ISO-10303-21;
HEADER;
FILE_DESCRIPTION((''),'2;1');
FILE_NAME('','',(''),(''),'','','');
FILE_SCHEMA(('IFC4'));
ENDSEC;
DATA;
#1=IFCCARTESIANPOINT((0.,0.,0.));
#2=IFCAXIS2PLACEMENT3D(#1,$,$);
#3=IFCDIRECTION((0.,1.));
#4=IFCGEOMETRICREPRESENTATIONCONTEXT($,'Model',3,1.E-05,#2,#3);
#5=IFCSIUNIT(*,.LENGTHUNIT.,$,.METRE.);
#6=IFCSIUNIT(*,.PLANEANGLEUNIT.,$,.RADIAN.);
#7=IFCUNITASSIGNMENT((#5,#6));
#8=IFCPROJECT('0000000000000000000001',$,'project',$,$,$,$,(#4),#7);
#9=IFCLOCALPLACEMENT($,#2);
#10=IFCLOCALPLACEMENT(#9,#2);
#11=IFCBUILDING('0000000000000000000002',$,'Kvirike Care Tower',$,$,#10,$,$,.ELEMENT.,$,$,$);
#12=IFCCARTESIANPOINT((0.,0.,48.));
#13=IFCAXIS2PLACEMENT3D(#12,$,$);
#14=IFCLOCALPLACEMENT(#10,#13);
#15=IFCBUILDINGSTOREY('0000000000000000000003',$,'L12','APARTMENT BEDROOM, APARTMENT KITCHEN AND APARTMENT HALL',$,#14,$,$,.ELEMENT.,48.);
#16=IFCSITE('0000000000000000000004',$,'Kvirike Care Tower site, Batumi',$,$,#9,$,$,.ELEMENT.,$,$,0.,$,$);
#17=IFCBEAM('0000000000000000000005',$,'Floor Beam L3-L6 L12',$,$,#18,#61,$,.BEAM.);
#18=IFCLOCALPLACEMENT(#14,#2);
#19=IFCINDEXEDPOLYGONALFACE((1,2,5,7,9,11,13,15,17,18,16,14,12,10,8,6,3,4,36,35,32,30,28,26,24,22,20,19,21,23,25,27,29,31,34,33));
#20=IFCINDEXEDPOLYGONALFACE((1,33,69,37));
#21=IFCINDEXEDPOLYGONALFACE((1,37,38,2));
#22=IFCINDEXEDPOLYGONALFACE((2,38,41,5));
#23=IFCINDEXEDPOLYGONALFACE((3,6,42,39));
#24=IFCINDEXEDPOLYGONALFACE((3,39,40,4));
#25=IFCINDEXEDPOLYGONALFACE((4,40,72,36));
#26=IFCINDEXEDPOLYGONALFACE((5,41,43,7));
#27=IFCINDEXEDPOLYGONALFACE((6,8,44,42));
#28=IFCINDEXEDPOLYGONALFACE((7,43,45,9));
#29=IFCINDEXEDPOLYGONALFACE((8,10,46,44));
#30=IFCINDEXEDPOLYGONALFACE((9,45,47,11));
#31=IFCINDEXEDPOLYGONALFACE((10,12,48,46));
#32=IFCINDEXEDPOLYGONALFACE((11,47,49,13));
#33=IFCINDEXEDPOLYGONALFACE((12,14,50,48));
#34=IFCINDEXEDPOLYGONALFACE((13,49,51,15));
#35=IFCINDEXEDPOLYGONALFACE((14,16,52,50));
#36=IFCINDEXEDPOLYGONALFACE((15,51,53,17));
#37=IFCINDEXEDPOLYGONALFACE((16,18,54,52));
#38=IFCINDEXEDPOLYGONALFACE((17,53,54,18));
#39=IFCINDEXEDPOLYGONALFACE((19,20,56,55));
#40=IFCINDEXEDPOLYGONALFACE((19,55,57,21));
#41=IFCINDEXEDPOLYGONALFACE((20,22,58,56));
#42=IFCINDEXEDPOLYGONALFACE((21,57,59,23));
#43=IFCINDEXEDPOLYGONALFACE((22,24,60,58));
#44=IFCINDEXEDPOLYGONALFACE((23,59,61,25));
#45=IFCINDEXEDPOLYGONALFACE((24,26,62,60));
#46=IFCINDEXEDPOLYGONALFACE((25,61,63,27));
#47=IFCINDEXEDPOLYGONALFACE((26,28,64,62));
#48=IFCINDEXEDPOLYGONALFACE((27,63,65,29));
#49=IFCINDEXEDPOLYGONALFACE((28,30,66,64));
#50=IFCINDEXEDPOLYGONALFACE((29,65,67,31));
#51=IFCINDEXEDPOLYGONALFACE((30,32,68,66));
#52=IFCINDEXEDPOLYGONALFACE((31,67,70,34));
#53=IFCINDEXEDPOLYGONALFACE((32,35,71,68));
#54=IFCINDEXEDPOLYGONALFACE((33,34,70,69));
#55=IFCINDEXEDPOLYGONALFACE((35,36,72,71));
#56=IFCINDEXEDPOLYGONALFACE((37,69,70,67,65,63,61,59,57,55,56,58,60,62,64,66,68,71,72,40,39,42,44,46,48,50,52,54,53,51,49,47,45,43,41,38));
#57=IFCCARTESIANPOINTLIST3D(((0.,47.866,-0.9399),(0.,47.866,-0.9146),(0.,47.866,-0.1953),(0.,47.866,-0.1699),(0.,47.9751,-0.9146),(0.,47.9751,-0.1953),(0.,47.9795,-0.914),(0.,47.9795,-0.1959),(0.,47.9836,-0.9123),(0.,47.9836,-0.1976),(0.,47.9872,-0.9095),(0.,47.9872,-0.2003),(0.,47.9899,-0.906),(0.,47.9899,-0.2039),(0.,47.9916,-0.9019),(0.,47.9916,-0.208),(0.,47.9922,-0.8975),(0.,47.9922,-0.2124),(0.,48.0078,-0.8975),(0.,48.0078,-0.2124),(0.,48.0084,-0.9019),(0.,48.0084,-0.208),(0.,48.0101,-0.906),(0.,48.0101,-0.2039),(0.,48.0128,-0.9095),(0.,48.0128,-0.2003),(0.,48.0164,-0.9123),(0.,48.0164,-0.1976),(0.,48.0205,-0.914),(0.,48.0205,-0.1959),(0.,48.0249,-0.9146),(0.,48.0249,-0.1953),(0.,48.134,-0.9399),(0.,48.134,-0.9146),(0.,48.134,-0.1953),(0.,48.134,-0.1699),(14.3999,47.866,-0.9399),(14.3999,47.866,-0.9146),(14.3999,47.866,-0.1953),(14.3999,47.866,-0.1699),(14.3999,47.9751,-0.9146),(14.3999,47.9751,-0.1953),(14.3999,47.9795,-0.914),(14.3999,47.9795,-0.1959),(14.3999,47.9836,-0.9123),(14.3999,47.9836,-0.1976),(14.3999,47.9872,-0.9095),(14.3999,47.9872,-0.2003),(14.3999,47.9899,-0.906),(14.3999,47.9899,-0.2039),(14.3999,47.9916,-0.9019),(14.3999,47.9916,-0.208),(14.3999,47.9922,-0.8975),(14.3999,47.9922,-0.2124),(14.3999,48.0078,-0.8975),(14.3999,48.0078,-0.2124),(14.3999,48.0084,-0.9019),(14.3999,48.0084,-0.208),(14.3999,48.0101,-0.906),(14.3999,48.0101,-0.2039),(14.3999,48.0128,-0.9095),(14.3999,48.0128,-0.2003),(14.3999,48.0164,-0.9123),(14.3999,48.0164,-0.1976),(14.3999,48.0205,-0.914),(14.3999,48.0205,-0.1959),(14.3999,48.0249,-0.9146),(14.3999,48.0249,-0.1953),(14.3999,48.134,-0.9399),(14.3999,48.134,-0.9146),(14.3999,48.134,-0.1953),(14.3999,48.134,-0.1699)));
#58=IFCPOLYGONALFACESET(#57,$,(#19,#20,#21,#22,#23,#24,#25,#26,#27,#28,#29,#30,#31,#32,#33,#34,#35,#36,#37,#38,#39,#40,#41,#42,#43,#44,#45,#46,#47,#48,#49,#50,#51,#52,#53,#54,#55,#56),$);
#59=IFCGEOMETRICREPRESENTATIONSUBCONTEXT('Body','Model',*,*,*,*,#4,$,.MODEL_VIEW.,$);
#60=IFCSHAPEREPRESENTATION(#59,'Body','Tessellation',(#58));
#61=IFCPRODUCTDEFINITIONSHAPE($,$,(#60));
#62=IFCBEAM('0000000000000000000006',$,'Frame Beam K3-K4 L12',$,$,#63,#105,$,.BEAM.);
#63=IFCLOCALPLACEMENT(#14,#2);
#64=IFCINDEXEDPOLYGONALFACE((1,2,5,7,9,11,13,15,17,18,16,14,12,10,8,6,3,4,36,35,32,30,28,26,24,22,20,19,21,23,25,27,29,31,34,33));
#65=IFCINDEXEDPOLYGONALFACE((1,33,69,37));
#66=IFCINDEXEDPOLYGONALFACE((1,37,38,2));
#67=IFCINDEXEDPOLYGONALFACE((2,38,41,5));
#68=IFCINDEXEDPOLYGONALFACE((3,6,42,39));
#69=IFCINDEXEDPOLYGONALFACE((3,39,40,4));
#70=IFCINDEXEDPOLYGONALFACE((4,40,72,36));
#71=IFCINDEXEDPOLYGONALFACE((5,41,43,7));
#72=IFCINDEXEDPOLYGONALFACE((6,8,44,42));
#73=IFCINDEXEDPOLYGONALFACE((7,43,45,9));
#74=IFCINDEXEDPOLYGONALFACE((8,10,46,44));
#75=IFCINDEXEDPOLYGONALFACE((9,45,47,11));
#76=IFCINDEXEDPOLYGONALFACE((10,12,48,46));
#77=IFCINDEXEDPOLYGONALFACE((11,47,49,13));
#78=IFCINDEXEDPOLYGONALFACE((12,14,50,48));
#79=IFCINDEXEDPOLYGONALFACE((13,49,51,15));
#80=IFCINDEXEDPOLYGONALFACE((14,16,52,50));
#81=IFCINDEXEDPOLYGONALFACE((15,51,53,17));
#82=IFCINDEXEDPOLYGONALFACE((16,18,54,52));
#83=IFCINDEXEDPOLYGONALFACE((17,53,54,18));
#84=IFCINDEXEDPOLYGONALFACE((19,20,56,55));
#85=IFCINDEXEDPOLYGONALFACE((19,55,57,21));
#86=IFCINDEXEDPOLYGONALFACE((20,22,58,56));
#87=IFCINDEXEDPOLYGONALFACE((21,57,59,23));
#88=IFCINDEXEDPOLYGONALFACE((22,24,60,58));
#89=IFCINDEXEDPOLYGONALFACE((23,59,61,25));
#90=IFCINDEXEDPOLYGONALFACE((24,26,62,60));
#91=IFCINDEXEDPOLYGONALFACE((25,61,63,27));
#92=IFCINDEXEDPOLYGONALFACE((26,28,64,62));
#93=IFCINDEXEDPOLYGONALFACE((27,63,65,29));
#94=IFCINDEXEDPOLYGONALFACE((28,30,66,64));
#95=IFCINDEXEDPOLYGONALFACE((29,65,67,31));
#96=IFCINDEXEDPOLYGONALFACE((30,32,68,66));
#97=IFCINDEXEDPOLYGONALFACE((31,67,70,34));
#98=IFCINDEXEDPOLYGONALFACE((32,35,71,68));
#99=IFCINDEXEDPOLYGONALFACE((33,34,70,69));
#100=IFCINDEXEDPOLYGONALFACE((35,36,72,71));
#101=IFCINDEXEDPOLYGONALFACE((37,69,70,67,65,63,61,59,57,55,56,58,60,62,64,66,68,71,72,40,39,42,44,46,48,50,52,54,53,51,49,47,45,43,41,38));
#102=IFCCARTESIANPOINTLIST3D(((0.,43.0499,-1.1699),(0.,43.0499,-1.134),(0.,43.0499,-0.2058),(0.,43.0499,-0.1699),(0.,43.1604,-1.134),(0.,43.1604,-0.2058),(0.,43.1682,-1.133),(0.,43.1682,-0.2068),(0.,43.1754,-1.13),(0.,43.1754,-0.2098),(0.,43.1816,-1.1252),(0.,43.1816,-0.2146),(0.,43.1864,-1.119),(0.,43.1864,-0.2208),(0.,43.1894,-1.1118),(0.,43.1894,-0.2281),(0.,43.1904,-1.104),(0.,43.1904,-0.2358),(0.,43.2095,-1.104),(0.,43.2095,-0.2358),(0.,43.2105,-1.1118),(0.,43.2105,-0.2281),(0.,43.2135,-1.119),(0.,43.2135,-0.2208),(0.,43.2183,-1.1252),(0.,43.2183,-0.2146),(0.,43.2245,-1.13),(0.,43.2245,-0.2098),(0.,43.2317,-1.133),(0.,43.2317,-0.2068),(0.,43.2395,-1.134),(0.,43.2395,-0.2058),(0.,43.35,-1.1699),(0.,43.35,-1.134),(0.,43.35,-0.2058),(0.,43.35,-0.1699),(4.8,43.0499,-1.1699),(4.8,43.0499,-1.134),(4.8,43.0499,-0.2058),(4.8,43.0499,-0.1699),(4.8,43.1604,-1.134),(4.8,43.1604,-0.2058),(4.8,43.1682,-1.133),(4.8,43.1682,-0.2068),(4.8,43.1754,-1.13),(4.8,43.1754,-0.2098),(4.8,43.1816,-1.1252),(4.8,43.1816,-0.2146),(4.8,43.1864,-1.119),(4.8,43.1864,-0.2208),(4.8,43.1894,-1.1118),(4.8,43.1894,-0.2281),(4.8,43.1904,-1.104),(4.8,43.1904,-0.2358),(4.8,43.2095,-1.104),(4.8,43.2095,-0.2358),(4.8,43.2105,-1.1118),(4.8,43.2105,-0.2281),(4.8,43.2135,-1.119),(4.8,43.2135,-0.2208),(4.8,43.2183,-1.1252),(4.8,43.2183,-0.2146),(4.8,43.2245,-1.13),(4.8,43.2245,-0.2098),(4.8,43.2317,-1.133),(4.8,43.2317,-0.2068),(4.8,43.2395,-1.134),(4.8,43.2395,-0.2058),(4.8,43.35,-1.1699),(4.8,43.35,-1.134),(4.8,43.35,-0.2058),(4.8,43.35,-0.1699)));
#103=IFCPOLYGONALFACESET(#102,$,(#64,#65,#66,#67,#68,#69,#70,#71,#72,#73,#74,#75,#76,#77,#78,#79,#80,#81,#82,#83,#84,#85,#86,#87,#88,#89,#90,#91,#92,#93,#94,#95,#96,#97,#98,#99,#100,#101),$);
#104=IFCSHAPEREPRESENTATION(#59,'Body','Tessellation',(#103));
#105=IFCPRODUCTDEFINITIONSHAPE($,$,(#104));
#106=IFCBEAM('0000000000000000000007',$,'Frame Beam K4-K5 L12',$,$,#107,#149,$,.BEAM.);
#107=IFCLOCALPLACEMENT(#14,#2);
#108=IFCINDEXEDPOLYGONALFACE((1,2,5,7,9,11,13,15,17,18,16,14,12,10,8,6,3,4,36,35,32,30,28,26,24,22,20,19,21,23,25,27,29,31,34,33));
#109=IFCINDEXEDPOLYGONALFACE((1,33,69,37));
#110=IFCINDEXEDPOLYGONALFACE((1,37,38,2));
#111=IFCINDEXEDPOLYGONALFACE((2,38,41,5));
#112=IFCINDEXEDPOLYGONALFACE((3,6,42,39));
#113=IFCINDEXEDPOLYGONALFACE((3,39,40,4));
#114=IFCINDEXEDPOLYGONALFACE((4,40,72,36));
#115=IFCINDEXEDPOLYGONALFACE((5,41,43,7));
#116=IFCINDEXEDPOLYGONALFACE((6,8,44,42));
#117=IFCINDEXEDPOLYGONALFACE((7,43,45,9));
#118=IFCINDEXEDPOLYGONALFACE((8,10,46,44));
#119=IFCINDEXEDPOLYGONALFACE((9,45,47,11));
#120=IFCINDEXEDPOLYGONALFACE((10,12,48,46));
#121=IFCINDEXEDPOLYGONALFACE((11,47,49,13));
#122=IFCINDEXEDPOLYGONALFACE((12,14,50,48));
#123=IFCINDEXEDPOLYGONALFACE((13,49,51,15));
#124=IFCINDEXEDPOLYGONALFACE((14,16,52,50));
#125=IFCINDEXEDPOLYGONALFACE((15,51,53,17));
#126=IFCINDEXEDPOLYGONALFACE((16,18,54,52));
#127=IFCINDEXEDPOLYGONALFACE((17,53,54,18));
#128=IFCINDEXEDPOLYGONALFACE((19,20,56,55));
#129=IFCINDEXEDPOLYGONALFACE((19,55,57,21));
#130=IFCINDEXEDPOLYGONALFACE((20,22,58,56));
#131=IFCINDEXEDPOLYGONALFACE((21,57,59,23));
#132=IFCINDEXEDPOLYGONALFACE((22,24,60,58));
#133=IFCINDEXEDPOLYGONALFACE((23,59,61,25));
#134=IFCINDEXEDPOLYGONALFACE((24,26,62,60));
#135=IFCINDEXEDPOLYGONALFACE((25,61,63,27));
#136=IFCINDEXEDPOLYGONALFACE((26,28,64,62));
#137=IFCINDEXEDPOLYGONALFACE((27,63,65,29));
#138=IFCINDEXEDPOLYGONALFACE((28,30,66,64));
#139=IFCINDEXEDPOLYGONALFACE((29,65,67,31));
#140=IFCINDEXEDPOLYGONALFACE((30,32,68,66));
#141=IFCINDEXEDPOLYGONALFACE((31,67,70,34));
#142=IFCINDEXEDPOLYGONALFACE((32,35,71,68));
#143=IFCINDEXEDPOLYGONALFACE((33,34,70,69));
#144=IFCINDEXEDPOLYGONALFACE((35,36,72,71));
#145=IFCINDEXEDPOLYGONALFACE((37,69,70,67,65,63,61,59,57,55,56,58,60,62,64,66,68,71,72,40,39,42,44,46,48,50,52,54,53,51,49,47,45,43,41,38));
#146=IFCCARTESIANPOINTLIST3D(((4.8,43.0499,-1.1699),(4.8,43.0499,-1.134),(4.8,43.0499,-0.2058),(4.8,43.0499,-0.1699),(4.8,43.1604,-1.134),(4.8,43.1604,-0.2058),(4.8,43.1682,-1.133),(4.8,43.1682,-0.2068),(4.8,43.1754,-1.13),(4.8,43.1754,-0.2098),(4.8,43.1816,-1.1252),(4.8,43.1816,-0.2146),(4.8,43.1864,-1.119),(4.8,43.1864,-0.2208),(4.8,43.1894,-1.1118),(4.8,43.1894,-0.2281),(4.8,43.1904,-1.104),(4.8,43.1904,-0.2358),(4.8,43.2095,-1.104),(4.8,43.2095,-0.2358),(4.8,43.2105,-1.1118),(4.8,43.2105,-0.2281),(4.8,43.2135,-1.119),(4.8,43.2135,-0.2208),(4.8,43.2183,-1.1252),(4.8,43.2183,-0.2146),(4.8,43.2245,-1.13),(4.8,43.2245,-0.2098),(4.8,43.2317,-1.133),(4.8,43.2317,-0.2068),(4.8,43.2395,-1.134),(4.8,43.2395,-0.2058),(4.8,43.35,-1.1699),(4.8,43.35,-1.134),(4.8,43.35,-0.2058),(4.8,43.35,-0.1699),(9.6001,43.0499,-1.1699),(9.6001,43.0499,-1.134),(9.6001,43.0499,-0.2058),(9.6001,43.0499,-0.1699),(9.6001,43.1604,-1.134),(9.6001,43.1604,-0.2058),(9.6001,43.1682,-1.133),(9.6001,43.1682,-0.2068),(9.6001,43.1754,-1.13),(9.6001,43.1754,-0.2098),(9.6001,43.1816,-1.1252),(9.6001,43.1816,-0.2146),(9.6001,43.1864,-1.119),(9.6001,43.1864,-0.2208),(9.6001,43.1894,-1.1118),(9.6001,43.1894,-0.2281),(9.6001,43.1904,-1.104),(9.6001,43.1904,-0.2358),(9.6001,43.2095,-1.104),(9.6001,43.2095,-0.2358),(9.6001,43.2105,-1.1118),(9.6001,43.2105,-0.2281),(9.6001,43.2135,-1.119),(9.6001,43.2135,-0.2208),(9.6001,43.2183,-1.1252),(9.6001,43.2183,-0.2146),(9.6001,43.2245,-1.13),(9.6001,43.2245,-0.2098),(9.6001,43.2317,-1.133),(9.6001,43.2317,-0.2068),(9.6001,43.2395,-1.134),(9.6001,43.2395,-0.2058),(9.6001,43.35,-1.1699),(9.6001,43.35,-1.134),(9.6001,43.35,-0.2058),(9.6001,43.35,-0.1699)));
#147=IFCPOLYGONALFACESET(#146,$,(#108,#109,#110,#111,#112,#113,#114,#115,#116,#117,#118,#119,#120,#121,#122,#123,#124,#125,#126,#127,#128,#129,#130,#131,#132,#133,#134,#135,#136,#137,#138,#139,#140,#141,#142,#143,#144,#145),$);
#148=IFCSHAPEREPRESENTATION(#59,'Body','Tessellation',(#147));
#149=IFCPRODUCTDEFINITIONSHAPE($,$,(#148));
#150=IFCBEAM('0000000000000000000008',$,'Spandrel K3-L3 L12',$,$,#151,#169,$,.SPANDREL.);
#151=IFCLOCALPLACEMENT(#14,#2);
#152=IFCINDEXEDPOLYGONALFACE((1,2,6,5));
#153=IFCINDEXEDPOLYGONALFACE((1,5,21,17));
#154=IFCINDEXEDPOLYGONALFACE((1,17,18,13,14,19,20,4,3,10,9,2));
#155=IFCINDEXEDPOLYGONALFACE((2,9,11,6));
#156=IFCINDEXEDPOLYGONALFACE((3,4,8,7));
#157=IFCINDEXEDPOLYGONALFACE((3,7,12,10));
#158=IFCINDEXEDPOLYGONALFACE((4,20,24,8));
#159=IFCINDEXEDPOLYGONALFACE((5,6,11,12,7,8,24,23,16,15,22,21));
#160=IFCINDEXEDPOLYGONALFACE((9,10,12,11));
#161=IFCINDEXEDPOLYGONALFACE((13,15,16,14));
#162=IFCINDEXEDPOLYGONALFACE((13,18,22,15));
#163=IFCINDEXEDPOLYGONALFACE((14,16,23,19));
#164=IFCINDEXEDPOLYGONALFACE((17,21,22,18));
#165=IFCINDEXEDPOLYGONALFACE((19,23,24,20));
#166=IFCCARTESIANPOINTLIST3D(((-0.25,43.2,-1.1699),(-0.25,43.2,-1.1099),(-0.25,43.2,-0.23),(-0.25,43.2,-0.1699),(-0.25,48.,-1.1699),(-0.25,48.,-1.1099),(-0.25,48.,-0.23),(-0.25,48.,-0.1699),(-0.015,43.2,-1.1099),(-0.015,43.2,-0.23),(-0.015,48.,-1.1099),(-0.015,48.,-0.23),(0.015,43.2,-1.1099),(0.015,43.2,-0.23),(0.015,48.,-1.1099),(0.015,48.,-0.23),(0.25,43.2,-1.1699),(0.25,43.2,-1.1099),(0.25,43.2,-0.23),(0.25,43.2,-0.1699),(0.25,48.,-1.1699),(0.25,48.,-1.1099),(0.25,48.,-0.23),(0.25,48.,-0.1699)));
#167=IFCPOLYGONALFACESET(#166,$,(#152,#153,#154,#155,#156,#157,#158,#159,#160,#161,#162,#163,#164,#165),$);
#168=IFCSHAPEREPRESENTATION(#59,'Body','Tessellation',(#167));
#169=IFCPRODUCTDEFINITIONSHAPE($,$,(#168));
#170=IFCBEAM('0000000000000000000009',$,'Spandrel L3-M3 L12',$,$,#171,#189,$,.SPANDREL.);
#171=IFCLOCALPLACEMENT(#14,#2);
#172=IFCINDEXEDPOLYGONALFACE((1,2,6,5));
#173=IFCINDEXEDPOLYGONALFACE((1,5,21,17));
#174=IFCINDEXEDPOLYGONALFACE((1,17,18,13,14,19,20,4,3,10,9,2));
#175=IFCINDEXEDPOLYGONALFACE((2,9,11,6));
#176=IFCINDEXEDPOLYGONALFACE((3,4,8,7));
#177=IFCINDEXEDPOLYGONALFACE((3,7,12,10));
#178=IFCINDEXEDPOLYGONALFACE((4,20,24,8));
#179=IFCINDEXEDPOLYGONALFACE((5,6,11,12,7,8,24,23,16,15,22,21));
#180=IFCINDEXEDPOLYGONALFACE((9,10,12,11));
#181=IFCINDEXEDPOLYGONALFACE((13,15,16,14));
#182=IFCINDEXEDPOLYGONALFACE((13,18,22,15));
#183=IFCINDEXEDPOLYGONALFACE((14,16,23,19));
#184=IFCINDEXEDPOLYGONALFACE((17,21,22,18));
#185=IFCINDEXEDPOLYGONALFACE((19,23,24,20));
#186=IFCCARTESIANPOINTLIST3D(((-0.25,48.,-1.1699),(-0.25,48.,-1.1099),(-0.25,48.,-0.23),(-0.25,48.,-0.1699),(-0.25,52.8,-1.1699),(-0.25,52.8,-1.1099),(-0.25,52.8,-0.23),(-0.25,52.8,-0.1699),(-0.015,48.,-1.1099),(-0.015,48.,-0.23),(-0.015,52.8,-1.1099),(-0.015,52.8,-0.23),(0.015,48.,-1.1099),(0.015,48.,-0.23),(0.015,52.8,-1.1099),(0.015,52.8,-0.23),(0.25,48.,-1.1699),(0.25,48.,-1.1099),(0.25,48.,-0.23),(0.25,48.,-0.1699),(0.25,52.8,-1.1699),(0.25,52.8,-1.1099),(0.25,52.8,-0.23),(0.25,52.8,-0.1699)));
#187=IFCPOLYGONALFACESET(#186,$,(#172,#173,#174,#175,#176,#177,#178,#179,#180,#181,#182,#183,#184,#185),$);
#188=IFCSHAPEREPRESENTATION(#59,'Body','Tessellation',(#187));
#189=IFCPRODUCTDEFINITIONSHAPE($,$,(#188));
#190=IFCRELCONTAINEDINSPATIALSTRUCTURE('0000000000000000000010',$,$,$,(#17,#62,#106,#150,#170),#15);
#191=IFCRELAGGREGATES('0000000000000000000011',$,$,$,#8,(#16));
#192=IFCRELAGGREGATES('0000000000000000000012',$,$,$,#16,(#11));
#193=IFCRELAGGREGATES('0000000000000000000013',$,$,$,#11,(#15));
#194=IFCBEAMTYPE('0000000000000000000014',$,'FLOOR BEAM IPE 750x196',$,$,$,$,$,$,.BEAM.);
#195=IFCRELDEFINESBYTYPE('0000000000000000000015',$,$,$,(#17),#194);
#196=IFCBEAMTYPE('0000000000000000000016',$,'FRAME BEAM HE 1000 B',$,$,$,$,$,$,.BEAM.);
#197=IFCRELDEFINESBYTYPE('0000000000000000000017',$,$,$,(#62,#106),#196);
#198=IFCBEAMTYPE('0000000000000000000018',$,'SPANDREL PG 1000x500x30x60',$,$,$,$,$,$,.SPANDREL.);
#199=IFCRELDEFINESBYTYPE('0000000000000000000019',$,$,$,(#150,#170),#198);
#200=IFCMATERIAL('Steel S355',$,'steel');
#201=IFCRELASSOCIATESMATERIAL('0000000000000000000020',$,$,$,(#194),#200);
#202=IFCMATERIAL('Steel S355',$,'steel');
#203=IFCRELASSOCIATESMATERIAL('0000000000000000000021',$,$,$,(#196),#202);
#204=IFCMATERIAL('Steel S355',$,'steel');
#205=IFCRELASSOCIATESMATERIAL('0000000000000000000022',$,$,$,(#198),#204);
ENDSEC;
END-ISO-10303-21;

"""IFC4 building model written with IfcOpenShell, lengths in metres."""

from ifc_helpers import new_model, si_unit, direction, frame, origin, origin_2d, place, context, subcontext, project, spatial, i_section, extrude, material, material_profile, profile_set, type_object, element, save


model = new_model("IFC4")

# Units and contexts
model_context = context("Model", 3, precision=1e-05, world=origin(), true_north=direction((0.0, 1.0)))
body_context = subcontext(model_context, "Body", "Model", "MODEL_VIEW")
ifc_project = project(units=[si_unit("LENGTHUNIT", "METRE"), si_unit("PLANEANGLEUNIT", "RADIAN")], contexts=[model_context])

# Site, building, storey
site_placement = place(None, origin())
site = spatial("IfcSite", under=ifc_project, at=site_placement, Name="Kvirike Care Tower site, Batumi", CompositionType="ELEMENT", RefElevation=0.0)
building_placement = place(site_placement, origin())
building = spatial("IfcBuilding", under=site, at=building_placement, Name="Kvirike Care Tower", CompositionType="ELEMENT")
storey_placement = place(building_placement, frame((0.0, 0.0, 48.0)))
storey = spatial("IfcBuildingStorey", under=building, at=storey_placement, Name="L12", Description="APARTMENT BEDROOM, APARTMENT KITCHEN AND APARTMENT HALL", CompositionType="ELEMENT", Elevation=48.0)

# Beams
ifc_material_1 = material(Name="Steel S355", Category="steel")
ifc_material_profile_1 = material_profile(ifc_material_1, i_section(OverallWidth=0.2681, OverallDepth=0.77, WebThickness=0.0156, FlangeThickness=0.0254, FilletRadius=0.0171, at=origin_2d()), Name="IPE 750x196")
ifc_profile_set_1 = profile_set([ifc_material_profile_1], Name="Steel S355")
beam_type_1 = type_object("IfcBeamType", Name="FLOOR BEAM IPE 750x196", PredefinedType="BEAM", material=ifc_profile_set_1)
beam_placement = place(storey_placement, frame((0.0, 48.0, -0.5549), z_axis=(1.0, 0.0, 0.0), x_axis=(0.0, 1.0, 0.0)))
element("IfcBeam", 1, at=beam_placement, inside=storey, type_object=beam_type_1, Name="Floor Beam L3-L6 L12", PredefinedType="BEAM", context=body_context, shape_type="SweptSolid", body=[
    extrude(i_section(OverallWidth=0.2681, OverallDepth=0.77, WebThickness=0.0156, FlangeThickness=0.0254, FilletRadius=0.0171, at=origin_2d()), origin(), (0.0, 0.0, 1.0), 14.3999),
])
ifc_material_2 = material(Name="Steel S355", Category="steel")
ifc_material_profile_2 = material_profile(ifc_material_2, i_section(OverallWidth=0.3, OverallDepth=1.0, WebThickness=0.019, FlangeThickness=0.0359, FilletRadius=0.03, at=origin_2d()), Name="HE 1000 B")
ifc_profile_set_2 = profile_set([ifc_material_profile_2], Name="Steel S355")
beam_type_2 = type_object("IfcBeamType", Name="FRAME BEAM HE 1000 B", PredefinedType="BEAM", material=ifc_profile_set_2)
for number, where, z_axis, x_axis, name in (
    (2, (0.0, 43.2, -0.6699), (1.0, 0.0, 0.0), (0.0, 1.0, 0.0), "Frame Beam K3-K4 L12"),
    (3, (4.8, 43.2, -0.6699), (1.0, 0.0, 0.0), (0.0, 1.0, 0.0), "Frame Beam K4-K5 L12"),
):
    element("IfcBeam", number, at=place(storey_placement, frame(where, z_axis=z_axis, x_axis=x_axis)), inside=storey, type_object=beam_type_2, Name=name, PredefinedType="BEAM", context=body_context, shape_type="SweptSolid", body=[
        extrude(i_section(OverallWidth=0.3, OverallDepth=1.0, WebThickness=0.019, FlangeThickness=0.0359, FilletRadius=0.03, at=origin_2d()), origin(), (0.0, 0.0, 1.0), 4.8),
    ])
ifc_material_3 = material(Name="Steel S355", Category="steel")
ifc_material_profile_3 = material_profile(ifc_material_3, i_section(OverallWidth=0.5, OverallDepth=1.0, WebThickness=0.03, FlangeThickness=0.0601, at=origin_2d()), Name="PG 1000x500x30x60")
ifc_profile_set_3 = profile_set([ifc_material_profile_3], Name="Steel S355")
beam_type_3 = type_object("IfcBeamType", Name="SPANDREL PG 1000x500x30x60", PredefinedType="SPANDREL", material=ifc_profile_set_3)
for number, where, z_axis, x_axis, name in (
    (4, (0.0, 43.2, -0.6699), (0.0, 1.0, 0.0), (-1.0, 0.0, 0.0), "Spandrel K3-L3 L12"),
    (5, (0.0, 48.0, -0.6699), (0.0, 1.0, 0.0), (-1.0, 0.0, 0.0), "Spandrel L3-M3 L12"),
):
    element("IfcBeam", number, at=place(storey_placement, frame(where, z_axis=z_axis, x_axis=x_axis)), inside=storey, type_object=beam_type_3, Name=name, PredefinedType="SPANDREL", context=body_context, shape_type="SweptSolid", body=[
        extrude(i_section(OverallWidth=0.5, OverallDepth=1.0, WebThickness=0.03, FlangeThickness=0.0601, at=origin_2d()), origin(), (0.0, 0.0, 1.0), 4.8),
    ])

save(model, "model.ifc")
